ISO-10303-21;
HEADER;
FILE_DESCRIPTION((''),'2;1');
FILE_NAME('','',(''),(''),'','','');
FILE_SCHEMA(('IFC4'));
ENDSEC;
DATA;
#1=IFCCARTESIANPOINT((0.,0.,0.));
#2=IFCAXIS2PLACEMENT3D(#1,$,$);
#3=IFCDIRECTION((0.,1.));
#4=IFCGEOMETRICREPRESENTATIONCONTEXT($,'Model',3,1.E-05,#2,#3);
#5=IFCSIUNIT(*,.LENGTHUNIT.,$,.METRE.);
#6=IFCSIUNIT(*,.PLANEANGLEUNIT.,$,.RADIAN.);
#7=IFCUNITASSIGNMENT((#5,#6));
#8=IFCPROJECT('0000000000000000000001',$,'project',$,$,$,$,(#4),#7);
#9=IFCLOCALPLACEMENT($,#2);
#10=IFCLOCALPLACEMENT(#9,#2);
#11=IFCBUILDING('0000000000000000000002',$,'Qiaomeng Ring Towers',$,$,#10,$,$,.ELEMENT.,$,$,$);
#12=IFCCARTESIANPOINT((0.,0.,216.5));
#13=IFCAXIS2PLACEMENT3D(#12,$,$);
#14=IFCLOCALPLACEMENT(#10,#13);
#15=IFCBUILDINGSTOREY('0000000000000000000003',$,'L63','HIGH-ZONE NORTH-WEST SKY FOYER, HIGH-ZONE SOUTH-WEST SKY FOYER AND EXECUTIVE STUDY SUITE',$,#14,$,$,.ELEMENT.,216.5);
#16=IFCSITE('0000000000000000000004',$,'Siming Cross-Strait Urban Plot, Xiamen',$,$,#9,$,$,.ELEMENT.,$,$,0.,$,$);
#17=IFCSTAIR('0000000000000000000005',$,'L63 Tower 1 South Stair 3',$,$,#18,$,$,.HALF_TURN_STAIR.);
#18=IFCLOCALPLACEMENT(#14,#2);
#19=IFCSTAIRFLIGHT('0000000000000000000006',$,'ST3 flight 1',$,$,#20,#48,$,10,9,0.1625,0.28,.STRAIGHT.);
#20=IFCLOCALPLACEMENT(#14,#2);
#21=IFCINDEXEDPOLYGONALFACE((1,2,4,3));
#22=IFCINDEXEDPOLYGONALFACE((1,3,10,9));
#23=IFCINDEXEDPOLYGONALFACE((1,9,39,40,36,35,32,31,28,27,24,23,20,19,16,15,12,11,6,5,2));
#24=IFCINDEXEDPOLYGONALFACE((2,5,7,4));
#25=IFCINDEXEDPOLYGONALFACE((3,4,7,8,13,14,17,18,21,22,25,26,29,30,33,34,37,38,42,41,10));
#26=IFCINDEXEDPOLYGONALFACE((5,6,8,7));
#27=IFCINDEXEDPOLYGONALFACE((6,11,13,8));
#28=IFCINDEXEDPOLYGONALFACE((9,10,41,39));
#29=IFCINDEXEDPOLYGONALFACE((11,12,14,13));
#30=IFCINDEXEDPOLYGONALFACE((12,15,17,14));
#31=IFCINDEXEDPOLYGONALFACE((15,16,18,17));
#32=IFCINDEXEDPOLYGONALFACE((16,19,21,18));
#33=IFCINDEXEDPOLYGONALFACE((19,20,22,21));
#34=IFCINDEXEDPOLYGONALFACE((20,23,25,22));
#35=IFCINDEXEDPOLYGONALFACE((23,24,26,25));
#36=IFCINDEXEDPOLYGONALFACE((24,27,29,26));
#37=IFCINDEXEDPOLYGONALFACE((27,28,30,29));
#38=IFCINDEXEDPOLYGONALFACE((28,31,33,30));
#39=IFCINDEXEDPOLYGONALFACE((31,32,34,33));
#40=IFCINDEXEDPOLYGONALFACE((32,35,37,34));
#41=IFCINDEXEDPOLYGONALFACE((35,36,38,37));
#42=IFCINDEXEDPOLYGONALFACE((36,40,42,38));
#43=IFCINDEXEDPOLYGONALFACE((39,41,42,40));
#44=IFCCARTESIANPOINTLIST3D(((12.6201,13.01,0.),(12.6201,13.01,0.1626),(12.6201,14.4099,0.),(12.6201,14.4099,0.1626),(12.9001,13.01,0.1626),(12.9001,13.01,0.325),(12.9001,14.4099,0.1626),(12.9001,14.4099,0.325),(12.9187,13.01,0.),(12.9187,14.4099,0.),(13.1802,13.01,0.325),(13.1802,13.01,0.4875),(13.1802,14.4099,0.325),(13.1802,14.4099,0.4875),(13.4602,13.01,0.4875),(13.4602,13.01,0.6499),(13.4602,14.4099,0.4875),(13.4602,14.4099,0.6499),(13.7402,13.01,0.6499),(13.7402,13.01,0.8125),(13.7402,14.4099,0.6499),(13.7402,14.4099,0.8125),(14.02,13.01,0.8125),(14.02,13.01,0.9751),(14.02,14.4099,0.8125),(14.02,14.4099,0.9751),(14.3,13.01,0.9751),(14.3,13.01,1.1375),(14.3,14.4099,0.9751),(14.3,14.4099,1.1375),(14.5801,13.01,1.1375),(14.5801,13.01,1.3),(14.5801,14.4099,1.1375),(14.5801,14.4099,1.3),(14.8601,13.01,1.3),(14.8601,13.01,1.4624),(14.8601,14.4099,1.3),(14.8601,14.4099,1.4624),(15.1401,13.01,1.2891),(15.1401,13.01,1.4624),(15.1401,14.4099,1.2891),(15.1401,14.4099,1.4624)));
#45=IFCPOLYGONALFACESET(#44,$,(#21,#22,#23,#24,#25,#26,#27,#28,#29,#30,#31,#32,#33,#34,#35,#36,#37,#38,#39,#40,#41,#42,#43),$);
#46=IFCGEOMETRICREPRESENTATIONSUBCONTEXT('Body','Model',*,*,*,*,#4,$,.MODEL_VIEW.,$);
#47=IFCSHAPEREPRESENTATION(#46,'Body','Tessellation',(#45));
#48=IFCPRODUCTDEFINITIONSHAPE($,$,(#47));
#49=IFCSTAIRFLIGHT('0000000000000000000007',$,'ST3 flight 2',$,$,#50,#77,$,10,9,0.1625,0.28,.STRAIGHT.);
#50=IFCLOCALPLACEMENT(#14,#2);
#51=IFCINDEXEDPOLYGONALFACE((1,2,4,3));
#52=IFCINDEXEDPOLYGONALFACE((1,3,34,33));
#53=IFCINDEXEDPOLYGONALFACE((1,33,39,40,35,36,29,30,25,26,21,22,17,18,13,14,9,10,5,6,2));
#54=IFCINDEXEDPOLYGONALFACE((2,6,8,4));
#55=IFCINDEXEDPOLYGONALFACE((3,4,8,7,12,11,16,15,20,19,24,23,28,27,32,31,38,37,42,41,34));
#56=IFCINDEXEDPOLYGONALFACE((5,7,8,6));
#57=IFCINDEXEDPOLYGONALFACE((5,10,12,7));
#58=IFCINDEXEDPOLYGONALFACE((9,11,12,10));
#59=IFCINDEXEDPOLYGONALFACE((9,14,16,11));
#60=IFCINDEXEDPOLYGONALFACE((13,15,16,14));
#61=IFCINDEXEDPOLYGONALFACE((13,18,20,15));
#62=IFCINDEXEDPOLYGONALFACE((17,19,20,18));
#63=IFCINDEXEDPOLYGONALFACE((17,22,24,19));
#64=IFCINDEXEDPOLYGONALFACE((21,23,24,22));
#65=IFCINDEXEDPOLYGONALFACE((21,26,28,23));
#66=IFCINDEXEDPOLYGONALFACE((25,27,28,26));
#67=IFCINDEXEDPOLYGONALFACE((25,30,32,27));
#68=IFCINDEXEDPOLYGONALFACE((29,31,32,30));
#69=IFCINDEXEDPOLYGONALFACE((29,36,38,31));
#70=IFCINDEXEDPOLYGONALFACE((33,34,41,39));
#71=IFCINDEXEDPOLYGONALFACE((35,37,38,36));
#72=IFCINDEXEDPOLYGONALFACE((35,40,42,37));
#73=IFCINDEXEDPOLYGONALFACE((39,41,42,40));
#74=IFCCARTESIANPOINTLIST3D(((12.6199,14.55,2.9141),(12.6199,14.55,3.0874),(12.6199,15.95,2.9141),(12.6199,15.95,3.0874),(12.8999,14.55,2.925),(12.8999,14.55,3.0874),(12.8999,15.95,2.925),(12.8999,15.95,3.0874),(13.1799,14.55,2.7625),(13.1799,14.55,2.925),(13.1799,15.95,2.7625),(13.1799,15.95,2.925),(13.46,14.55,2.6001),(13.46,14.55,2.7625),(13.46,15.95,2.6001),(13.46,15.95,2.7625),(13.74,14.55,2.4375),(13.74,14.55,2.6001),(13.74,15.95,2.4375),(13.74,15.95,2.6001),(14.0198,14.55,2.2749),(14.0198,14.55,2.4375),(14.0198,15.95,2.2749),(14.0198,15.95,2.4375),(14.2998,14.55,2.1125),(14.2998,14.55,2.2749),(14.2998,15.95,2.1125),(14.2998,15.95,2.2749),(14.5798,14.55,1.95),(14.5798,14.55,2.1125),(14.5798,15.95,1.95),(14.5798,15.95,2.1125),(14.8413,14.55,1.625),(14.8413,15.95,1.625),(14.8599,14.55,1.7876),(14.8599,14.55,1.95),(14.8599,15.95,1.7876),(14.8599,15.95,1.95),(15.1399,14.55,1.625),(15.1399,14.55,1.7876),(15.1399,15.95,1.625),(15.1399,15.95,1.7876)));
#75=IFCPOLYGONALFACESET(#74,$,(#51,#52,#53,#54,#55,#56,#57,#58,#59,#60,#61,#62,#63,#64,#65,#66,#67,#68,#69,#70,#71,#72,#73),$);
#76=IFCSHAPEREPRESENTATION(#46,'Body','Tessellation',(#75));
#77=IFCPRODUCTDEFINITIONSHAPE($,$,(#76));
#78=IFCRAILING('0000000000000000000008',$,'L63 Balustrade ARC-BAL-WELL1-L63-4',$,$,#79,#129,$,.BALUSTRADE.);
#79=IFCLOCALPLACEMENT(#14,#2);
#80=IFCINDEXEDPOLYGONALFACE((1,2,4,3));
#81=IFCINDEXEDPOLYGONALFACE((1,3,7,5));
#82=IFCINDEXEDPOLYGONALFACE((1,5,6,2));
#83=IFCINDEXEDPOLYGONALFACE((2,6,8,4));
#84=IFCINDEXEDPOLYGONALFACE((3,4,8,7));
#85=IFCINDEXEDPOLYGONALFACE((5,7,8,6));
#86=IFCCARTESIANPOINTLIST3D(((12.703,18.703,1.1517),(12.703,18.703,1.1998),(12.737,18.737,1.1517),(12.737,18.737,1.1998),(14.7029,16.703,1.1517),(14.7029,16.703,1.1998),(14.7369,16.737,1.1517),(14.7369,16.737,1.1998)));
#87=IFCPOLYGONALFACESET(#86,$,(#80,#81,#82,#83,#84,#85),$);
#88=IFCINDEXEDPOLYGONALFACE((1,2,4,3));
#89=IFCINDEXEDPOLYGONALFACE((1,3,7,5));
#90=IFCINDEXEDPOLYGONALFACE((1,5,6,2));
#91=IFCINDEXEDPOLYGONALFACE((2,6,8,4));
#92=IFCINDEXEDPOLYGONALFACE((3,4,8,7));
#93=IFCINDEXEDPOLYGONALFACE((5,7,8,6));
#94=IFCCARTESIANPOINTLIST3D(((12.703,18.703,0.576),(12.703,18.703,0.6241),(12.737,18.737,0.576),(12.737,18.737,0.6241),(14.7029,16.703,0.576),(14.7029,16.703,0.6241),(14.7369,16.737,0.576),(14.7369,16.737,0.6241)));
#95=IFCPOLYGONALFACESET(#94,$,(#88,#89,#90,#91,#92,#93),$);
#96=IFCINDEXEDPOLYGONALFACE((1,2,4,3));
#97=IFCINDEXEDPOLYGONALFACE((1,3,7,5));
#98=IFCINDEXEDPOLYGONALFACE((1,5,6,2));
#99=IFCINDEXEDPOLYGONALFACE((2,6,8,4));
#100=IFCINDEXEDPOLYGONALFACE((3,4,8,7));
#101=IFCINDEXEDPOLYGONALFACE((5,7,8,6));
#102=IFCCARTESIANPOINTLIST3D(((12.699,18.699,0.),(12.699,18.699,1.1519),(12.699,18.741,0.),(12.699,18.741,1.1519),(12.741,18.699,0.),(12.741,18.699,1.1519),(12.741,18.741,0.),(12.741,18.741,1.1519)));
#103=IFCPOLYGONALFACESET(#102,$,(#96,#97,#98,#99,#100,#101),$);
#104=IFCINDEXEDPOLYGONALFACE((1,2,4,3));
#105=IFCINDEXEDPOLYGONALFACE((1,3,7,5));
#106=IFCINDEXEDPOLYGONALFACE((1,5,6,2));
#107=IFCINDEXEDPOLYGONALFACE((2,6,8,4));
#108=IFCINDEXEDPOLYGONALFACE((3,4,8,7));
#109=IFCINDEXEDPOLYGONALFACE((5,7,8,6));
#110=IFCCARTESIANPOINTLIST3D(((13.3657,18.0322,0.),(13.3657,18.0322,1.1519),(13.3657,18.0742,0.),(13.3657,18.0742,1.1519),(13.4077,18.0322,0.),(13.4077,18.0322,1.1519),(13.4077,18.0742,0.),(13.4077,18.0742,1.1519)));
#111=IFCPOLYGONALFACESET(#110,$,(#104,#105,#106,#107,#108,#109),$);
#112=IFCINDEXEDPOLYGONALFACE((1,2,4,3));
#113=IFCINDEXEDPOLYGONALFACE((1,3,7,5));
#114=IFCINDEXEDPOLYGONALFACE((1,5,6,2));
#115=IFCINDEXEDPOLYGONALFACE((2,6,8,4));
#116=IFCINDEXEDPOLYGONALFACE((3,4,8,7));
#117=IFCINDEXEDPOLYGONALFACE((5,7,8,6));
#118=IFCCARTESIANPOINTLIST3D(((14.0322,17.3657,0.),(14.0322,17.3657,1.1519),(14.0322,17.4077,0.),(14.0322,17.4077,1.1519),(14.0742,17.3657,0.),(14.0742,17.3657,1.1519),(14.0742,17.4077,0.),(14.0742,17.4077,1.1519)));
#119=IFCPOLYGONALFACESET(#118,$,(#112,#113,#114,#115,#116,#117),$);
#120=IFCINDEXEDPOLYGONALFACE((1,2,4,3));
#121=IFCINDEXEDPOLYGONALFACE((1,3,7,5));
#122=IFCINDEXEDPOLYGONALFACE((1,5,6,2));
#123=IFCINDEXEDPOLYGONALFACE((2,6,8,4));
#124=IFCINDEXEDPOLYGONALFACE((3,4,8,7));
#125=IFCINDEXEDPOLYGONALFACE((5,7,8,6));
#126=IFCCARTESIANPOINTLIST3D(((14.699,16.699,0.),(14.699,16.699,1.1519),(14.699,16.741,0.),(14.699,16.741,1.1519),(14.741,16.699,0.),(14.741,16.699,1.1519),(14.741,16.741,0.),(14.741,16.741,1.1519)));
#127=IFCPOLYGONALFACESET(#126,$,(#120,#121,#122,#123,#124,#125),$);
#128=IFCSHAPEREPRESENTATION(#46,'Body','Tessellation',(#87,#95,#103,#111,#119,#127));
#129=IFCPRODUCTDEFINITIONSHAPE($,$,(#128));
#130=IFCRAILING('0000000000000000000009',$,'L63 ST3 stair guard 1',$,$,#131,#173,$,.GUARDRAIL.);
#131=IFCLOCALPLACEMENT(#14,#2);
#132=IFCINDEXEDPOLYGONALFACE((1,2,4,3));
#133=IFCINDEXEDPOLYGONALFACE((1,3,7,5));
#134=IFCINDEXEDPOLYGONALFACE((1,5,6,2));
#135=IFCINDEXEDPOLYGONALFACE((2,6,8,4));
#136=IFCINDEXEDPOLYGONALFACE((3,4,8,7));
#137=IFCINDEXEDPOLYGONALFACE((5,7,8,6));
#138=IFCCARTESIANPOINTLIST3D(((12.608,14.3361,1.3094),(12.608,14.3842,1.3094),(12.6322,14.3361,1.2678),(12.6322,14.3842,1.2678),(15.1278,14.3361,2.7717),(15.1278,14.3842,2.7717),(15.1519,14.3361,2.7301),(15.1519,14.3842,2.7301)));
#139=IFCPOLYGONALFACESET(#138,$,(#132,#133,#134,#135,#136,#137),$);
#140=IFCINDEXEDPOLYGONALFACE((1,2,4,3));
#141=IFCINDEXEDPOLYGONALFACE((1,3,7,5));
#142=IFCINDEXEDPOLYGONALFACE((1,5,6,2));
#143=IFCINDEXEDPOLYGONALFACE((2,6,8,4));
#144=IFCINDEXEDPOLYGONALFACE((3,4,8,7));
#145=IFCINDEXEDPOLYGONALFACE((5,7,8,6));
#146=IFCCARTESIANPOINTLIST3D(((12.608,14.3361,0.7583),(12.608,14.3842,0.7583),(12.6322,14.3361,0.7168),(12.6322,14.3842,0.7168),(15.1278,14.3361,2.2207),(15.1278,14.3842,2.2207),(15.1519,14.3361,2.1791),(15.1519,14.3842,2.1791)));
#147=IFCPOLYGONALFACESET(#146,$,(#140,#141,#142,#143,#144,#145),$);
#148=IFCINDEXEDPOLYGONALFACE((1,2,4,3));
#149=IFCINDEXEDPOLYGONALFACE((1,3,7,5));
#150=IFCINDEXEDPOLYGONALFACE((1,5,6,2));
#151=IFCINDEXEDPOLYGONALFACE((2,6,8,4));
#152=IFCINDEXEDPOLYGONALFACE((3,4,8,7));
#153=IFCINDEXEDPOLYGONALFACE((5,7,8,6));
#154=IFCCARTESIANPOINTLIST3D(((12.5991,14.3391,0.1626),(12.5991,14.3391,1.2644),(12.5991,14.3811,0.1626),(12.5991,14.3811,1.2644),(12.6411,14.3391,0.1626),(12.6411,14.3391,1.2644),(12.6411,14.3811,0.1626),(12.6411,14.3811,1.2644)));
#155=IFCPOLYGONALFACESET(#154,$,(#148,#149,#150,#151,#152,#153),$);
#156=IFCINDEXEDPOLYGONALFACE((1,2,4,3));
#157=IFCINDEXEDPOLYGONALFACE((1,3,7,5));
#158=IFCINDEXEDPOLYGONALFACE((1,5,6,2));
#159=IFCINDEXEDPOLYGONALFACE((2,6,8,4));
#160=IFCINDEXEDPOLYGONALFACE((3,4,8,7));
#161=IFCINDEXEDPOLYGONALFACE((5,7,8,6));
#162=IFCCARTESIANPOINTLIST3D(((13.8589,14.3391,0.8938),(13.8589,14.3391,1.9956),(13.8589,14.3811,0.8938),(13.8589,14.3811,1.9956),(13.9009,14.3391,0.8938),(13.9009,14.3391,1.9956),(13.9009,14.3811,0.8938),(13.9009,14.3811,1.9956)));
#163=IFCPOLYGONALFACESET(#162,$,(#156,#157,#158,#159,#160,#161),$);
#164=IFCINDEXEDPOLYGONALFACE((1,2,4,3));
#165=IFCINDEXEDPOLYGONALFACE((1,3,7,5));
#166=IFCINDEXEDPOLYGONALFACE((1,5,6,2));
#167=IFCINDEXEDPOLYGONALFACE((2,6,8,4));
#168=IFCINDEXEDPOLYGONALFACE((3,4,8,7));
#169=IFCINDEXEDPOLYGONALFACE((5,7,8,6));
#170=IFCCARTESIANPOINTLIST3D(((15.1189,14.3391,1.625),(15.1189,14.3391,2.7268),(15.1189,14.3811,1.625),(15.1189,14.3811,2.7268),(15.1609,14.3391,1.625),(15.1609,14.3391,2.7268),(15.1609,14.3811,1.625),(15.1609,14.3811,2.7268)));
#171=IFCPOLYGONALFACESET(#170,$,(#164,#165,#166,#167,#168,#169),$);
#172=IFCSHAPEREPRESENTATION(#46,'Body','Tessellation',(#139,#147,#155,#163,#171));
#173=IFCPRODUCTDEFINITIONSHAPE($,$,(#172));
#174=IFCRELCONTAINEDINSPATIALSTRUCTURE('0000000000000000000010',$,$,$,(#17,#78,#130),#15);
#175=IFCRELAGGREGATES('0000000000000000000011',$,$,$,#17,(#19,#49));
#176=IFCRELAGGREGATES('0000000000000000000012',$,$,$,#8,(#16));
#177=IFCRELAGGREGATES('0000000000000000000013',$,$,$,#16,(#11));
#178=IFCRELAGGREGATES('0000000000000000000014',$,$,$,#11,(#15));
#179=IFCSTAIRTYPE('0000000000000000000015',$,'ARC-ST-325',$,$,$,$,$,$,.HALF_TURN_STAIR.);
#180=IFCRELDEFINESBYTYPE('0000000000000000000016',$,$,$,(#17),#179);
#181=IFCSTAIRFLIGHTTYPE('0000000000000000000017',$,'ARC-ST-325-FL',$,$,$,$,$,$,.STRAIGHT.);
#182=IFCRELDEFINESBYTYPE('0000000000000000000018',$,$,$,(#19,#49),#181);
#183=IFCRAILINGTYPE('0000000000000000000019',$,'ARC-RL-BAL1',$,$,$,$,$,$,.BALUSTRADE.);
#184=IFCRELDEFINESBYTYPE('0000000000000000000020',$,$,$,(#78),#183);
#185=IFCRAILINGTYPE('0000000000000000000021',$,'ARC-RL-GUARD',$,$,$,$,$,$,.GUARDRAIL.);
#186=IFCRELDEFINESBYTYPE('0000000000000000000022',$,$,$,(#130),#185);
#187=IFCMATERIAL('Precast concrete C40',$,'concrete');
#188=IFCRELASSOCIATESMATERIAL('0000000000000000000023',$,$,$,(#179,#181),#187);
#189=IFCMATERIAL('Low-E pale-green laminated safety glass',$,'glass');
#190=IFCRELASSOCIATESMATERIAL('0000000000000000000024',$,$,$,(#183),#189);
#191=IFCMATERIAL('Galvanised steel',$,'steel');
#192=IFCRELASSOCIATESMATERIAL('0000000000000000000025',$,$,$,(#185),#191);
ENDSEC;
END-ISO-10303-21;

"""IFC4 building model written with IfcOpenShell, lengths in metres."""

from ifc_helpers import new_model, si_unit, direction, frame, origin, origin_2d, place, context, subcontext, project, spatial, polyline, rectangle, outline, extrude, source, transform, mapped, material, type_object, element, aggregate, save


model = new_model("IFC4")

# Units and contexts
model_context = context("Model", 3, precision=1e-05, world=origin(), true_north=direction((0.0, 1.0)))
body_context = subcontext(model_context, "Body", "Model", "MODEL_VIEW")
ifc_project = project(units=[si_unit("LENGTHUNIT", "METRE"), si_unit("PLANEANGLEUNIT", "RADIAN")], contexts=[model_context])

# Site, building, storey
site_placement = place(None, origin())
site = spatial("IfcSite", under=ifc_project, at=site_placement, Name="Siming Cross-Strait Urban Plot, Xiamen", CompositionType="ELEMENT", RefElevation=0.0)
building_placement = place(site_placement, origin())
building = spatial("IfcBuilding", under=site, at=building_placement, Name="Qiaomeng Ring Towers", CompositionType="ELEMENT")
storey_placement = place(building_placement, frame((0.0, 0.0, 216.5)))
storey = spatial("IfcBuildingStorey", under=building, at=storey_placement, Name="L63", Description="HIGH-ZONE NORTH-WEST SKY FOYER, HIGH-ZONE SOUTH-WEST SKY FOYER AND EXECUTIVE STUDY SUITE", CompositionType="ELEMENT", Elevation=216.5)

# Shared definitions
ifc_material_1 = material(Name="Galvanised steel", Category="steel")

# Stair, stair flights
ifc_material_2 = material(Name="Precast concrete C40", Category="concrete")
stair_type = type_object("IfcStairType", Name="ARC-ST-325", PredefinedType="HALF_TURN_STAIR", material=ifc_material_2)
stair_placement = place(storey_placement, origin())
stair = element("IfcStair", 1, at=stair_placement, inside=storey, type_object=stair_type, Name="L63 Tower 1 South Stair 3", PredefinedType="HALF_TURN_STAIR")
stair_flight_type = type_object("IfcStairFlightType", Name="ARC-ST-325-FL", PredefinedType="STRAIGHT", material=ifc_material_2)
shared_shape_1 = source(origin(), body_context, "Body", "SweptSolid", [
    extrude(outline(polyline([(0.0, 0.0), (0.0, 0.1626), (0.28, 0.1626), (0.28, 0.325), (0.5601, 0.325), (0.5601, 0.4875), (0.8401, 0.4875), (0.8401, 0.6499), (1.1201, 0.6499), (1.1201, 0.8125), (1.3999, 0.8125), (1.3999, 0.9751), (1.6799, 0.9751), (1.6799, 1.1375), (1.96, 1.1375), (1.96, 1.3), (2.24, 1.3), (2.24, 1.4624), (2.52, 1.4624), (2.52, 1.625), (2.52, 1.2891), (0.2986, 0.0), (0.0, 0.0)])), frame((0.0, 0.7, 0.0), z_axis=(0.0, -1.0, 0.0), x_axis=(1.0, 0.0, 0.0)), (0.0, 0.0, 1.0), 1.3999),
])
stair_flight_1_placement = place(storey_placement, frame((12.6201, 13.71, 0.0), z_axis=(0.0, 0.0, 1.0), x_axis=(1.0, 0.0, 0.0)))
stair_flight_1 = element("IfcStairFlight", 2, at=stair_flight_1_placement, type_object=stair_flight_type, Name="ST3 flight 1", NumberOfRisers=10, NumberOfTreads=9, PredefinedType="STRAIGHT", RiserHeight=0.1625, TreadLength=0.28, context=body_context, shape_type="MappedRepresentation", body=[
    mapped(shared_shape_1, transform((0.0, 0.0, 0.0), x_axis=(1.0, 0.0, 0.0), y_axis=(0.0, 1.0, 0.0), z_axis=(0.0, 0.0, 1.0), scale=1.0)),
])
stair_flight_2_placement = place(storey_placement, frame((15.1399, 15.25, 1.625), z_axis=(0.0, 0.0, 1.0), x_axis=(-1.0, 0.0, 0.0)))
stair_flight_2 = element("IfcStairFlight", 3, at=stair_flight_2_placement, type_object=stair_flight_type, Name="ST3 flight 2", NumberOfRisers=10, NumberOfTreads=9, PredefinedType="STRAIGHT", RiserHeight=0.1625, TreadLength=0.28, context=body_context, shape_type="MappedRepresentation", body=[
    mapped(shared_shape_1, transform((0.0, 0.0, 0.0), x_axis=(1.0, 0.0, 0.0), y_axis=(0.0, 1.0, 0.0), z_axis=(0.0, 0.0, 1.0), scale=1.0)),
])
aggregate(stair, [stair_flight_1, stair_flight_2])

# Railings
ifc_material_3 = material(Name="Low-E pale-green laminated safety glass", Category="glass")
railing_type_1 = type_object("IfcRailingType", Name="ARC-RL-BAL1", PredefinedType="BALUSTRADE", material=ifc_material_3)
railing_1_placement = place(storey_placement, frame((12.72, 18.72, 0.0)))
element("IfcRailing", 4, at=railing_1_placement, inside=storey, type_object=railing_type_1, Name="L63 Balustrade ARC-BAL-WELL1-L63-4", PredefinedType="BALUSTRADE", context=body_context, shape_type="SweptSolid", body=[
    extrude(rectangle(XDim=0.0481, YDim=0.0481, at=origin_2d()), frame((0.0, 0.0, 1.1758), z_axis=(0.707107, -0.707107, 0.0), x_axis=(0.707107, 0.707107, 0.0)), (0.0, 0.0, 1.0), 2.8284),
    extrude(rectangle(XDim=0.0481, YDim=0.0481, at=origin_2d()), frame((0.0, 0.0, 0.6001), z_axis=(0.707107, -0.707107, 0.0), x_axis=(0.707107, 0.707107, 0.0)), (0.0, 0.0, 1.0), 2.8284),
    extrude(rectangle(XDim=0.042, YDim=0.042, at=origin_2d()), origin(), (0.0, 0.0, 1.0), 1.1519),
    extrude(rectangle(XDim=0.042, YDim=0.042, at=origin_2d()), frame((0.6667, -0.6667, 0.0)), (0.0, 0.0, 1.0), 1.1519),
    extrude(rectangle(XDim=0.042, YDim=0.042, at=origin_2d()), frame((1.3333, -1.3333, 0.0)), (0.0, 0.0, 1.0), 1.1519),
    extrude(rectangle(XDim=0.042, YDim=0.042, at=origin_2d()), frame((2.0, -2.0, 0.0)), (0.0, 0.0, 1.0), 1.1519),
])
railing_type_2 = type_object("IfcRailingType", Name="ARC-RL-GUARD", PredefinedType="GUARDRAIL", material=ifc_material_1)
railing_2_placement = place(storey_placement, frame((12.6201, 14.3601, 0.1626)))
element("IfcRailing", 5, at=railing_2_placement, inside=storey, type_object=railing_type_2, Name="L63 ST3 stair guard 1", PredefinedType="GUARDRAIL", context=body_context, shape_type="SweptSolid", body=[
    extrude(rectangle(XDim=0.0481, YDim=0.0481, at=origin_2d()), frame((0.0, 0.0, 1.126), z_axis=(0.864892, 0.0, 0.501958), x_axis=(0.0, 1.0, 0.0)), (0.0, 0.0, 1.0), 2.9133),
    extrude(rectangle(XDim=0.0481, YDim=0.0481, at=origin_2d()), frame((0.0, 0.0, 0.575), z_axis=(0.864892, 0.0, 0.501958), x_axis=(0.0, 1.0, 0.0)), (0.0, 0.0, 1.0), 2.9133),
    extrude(rectangle(XDim=0.042, YDim=0.042, at=origin_2d()), origin(), (0.0, 0.0, 1.0), 1.1018),
    extrude(rectangle(XDim=0.042, YDim=0.042, at=origin_2d()), frame((1.2598, 0.0, 0.7312)), (0.0, 0.0, 1.0), 1.1018),
    extrude(rectangle(XDim=0.042, YDim=0.042, at=origin_2d()), frame((2.5198, 0.0, 1.4624)), (0.0, 0.0, 1.0), 1.1018),
])

save(model, "model.ifc")
